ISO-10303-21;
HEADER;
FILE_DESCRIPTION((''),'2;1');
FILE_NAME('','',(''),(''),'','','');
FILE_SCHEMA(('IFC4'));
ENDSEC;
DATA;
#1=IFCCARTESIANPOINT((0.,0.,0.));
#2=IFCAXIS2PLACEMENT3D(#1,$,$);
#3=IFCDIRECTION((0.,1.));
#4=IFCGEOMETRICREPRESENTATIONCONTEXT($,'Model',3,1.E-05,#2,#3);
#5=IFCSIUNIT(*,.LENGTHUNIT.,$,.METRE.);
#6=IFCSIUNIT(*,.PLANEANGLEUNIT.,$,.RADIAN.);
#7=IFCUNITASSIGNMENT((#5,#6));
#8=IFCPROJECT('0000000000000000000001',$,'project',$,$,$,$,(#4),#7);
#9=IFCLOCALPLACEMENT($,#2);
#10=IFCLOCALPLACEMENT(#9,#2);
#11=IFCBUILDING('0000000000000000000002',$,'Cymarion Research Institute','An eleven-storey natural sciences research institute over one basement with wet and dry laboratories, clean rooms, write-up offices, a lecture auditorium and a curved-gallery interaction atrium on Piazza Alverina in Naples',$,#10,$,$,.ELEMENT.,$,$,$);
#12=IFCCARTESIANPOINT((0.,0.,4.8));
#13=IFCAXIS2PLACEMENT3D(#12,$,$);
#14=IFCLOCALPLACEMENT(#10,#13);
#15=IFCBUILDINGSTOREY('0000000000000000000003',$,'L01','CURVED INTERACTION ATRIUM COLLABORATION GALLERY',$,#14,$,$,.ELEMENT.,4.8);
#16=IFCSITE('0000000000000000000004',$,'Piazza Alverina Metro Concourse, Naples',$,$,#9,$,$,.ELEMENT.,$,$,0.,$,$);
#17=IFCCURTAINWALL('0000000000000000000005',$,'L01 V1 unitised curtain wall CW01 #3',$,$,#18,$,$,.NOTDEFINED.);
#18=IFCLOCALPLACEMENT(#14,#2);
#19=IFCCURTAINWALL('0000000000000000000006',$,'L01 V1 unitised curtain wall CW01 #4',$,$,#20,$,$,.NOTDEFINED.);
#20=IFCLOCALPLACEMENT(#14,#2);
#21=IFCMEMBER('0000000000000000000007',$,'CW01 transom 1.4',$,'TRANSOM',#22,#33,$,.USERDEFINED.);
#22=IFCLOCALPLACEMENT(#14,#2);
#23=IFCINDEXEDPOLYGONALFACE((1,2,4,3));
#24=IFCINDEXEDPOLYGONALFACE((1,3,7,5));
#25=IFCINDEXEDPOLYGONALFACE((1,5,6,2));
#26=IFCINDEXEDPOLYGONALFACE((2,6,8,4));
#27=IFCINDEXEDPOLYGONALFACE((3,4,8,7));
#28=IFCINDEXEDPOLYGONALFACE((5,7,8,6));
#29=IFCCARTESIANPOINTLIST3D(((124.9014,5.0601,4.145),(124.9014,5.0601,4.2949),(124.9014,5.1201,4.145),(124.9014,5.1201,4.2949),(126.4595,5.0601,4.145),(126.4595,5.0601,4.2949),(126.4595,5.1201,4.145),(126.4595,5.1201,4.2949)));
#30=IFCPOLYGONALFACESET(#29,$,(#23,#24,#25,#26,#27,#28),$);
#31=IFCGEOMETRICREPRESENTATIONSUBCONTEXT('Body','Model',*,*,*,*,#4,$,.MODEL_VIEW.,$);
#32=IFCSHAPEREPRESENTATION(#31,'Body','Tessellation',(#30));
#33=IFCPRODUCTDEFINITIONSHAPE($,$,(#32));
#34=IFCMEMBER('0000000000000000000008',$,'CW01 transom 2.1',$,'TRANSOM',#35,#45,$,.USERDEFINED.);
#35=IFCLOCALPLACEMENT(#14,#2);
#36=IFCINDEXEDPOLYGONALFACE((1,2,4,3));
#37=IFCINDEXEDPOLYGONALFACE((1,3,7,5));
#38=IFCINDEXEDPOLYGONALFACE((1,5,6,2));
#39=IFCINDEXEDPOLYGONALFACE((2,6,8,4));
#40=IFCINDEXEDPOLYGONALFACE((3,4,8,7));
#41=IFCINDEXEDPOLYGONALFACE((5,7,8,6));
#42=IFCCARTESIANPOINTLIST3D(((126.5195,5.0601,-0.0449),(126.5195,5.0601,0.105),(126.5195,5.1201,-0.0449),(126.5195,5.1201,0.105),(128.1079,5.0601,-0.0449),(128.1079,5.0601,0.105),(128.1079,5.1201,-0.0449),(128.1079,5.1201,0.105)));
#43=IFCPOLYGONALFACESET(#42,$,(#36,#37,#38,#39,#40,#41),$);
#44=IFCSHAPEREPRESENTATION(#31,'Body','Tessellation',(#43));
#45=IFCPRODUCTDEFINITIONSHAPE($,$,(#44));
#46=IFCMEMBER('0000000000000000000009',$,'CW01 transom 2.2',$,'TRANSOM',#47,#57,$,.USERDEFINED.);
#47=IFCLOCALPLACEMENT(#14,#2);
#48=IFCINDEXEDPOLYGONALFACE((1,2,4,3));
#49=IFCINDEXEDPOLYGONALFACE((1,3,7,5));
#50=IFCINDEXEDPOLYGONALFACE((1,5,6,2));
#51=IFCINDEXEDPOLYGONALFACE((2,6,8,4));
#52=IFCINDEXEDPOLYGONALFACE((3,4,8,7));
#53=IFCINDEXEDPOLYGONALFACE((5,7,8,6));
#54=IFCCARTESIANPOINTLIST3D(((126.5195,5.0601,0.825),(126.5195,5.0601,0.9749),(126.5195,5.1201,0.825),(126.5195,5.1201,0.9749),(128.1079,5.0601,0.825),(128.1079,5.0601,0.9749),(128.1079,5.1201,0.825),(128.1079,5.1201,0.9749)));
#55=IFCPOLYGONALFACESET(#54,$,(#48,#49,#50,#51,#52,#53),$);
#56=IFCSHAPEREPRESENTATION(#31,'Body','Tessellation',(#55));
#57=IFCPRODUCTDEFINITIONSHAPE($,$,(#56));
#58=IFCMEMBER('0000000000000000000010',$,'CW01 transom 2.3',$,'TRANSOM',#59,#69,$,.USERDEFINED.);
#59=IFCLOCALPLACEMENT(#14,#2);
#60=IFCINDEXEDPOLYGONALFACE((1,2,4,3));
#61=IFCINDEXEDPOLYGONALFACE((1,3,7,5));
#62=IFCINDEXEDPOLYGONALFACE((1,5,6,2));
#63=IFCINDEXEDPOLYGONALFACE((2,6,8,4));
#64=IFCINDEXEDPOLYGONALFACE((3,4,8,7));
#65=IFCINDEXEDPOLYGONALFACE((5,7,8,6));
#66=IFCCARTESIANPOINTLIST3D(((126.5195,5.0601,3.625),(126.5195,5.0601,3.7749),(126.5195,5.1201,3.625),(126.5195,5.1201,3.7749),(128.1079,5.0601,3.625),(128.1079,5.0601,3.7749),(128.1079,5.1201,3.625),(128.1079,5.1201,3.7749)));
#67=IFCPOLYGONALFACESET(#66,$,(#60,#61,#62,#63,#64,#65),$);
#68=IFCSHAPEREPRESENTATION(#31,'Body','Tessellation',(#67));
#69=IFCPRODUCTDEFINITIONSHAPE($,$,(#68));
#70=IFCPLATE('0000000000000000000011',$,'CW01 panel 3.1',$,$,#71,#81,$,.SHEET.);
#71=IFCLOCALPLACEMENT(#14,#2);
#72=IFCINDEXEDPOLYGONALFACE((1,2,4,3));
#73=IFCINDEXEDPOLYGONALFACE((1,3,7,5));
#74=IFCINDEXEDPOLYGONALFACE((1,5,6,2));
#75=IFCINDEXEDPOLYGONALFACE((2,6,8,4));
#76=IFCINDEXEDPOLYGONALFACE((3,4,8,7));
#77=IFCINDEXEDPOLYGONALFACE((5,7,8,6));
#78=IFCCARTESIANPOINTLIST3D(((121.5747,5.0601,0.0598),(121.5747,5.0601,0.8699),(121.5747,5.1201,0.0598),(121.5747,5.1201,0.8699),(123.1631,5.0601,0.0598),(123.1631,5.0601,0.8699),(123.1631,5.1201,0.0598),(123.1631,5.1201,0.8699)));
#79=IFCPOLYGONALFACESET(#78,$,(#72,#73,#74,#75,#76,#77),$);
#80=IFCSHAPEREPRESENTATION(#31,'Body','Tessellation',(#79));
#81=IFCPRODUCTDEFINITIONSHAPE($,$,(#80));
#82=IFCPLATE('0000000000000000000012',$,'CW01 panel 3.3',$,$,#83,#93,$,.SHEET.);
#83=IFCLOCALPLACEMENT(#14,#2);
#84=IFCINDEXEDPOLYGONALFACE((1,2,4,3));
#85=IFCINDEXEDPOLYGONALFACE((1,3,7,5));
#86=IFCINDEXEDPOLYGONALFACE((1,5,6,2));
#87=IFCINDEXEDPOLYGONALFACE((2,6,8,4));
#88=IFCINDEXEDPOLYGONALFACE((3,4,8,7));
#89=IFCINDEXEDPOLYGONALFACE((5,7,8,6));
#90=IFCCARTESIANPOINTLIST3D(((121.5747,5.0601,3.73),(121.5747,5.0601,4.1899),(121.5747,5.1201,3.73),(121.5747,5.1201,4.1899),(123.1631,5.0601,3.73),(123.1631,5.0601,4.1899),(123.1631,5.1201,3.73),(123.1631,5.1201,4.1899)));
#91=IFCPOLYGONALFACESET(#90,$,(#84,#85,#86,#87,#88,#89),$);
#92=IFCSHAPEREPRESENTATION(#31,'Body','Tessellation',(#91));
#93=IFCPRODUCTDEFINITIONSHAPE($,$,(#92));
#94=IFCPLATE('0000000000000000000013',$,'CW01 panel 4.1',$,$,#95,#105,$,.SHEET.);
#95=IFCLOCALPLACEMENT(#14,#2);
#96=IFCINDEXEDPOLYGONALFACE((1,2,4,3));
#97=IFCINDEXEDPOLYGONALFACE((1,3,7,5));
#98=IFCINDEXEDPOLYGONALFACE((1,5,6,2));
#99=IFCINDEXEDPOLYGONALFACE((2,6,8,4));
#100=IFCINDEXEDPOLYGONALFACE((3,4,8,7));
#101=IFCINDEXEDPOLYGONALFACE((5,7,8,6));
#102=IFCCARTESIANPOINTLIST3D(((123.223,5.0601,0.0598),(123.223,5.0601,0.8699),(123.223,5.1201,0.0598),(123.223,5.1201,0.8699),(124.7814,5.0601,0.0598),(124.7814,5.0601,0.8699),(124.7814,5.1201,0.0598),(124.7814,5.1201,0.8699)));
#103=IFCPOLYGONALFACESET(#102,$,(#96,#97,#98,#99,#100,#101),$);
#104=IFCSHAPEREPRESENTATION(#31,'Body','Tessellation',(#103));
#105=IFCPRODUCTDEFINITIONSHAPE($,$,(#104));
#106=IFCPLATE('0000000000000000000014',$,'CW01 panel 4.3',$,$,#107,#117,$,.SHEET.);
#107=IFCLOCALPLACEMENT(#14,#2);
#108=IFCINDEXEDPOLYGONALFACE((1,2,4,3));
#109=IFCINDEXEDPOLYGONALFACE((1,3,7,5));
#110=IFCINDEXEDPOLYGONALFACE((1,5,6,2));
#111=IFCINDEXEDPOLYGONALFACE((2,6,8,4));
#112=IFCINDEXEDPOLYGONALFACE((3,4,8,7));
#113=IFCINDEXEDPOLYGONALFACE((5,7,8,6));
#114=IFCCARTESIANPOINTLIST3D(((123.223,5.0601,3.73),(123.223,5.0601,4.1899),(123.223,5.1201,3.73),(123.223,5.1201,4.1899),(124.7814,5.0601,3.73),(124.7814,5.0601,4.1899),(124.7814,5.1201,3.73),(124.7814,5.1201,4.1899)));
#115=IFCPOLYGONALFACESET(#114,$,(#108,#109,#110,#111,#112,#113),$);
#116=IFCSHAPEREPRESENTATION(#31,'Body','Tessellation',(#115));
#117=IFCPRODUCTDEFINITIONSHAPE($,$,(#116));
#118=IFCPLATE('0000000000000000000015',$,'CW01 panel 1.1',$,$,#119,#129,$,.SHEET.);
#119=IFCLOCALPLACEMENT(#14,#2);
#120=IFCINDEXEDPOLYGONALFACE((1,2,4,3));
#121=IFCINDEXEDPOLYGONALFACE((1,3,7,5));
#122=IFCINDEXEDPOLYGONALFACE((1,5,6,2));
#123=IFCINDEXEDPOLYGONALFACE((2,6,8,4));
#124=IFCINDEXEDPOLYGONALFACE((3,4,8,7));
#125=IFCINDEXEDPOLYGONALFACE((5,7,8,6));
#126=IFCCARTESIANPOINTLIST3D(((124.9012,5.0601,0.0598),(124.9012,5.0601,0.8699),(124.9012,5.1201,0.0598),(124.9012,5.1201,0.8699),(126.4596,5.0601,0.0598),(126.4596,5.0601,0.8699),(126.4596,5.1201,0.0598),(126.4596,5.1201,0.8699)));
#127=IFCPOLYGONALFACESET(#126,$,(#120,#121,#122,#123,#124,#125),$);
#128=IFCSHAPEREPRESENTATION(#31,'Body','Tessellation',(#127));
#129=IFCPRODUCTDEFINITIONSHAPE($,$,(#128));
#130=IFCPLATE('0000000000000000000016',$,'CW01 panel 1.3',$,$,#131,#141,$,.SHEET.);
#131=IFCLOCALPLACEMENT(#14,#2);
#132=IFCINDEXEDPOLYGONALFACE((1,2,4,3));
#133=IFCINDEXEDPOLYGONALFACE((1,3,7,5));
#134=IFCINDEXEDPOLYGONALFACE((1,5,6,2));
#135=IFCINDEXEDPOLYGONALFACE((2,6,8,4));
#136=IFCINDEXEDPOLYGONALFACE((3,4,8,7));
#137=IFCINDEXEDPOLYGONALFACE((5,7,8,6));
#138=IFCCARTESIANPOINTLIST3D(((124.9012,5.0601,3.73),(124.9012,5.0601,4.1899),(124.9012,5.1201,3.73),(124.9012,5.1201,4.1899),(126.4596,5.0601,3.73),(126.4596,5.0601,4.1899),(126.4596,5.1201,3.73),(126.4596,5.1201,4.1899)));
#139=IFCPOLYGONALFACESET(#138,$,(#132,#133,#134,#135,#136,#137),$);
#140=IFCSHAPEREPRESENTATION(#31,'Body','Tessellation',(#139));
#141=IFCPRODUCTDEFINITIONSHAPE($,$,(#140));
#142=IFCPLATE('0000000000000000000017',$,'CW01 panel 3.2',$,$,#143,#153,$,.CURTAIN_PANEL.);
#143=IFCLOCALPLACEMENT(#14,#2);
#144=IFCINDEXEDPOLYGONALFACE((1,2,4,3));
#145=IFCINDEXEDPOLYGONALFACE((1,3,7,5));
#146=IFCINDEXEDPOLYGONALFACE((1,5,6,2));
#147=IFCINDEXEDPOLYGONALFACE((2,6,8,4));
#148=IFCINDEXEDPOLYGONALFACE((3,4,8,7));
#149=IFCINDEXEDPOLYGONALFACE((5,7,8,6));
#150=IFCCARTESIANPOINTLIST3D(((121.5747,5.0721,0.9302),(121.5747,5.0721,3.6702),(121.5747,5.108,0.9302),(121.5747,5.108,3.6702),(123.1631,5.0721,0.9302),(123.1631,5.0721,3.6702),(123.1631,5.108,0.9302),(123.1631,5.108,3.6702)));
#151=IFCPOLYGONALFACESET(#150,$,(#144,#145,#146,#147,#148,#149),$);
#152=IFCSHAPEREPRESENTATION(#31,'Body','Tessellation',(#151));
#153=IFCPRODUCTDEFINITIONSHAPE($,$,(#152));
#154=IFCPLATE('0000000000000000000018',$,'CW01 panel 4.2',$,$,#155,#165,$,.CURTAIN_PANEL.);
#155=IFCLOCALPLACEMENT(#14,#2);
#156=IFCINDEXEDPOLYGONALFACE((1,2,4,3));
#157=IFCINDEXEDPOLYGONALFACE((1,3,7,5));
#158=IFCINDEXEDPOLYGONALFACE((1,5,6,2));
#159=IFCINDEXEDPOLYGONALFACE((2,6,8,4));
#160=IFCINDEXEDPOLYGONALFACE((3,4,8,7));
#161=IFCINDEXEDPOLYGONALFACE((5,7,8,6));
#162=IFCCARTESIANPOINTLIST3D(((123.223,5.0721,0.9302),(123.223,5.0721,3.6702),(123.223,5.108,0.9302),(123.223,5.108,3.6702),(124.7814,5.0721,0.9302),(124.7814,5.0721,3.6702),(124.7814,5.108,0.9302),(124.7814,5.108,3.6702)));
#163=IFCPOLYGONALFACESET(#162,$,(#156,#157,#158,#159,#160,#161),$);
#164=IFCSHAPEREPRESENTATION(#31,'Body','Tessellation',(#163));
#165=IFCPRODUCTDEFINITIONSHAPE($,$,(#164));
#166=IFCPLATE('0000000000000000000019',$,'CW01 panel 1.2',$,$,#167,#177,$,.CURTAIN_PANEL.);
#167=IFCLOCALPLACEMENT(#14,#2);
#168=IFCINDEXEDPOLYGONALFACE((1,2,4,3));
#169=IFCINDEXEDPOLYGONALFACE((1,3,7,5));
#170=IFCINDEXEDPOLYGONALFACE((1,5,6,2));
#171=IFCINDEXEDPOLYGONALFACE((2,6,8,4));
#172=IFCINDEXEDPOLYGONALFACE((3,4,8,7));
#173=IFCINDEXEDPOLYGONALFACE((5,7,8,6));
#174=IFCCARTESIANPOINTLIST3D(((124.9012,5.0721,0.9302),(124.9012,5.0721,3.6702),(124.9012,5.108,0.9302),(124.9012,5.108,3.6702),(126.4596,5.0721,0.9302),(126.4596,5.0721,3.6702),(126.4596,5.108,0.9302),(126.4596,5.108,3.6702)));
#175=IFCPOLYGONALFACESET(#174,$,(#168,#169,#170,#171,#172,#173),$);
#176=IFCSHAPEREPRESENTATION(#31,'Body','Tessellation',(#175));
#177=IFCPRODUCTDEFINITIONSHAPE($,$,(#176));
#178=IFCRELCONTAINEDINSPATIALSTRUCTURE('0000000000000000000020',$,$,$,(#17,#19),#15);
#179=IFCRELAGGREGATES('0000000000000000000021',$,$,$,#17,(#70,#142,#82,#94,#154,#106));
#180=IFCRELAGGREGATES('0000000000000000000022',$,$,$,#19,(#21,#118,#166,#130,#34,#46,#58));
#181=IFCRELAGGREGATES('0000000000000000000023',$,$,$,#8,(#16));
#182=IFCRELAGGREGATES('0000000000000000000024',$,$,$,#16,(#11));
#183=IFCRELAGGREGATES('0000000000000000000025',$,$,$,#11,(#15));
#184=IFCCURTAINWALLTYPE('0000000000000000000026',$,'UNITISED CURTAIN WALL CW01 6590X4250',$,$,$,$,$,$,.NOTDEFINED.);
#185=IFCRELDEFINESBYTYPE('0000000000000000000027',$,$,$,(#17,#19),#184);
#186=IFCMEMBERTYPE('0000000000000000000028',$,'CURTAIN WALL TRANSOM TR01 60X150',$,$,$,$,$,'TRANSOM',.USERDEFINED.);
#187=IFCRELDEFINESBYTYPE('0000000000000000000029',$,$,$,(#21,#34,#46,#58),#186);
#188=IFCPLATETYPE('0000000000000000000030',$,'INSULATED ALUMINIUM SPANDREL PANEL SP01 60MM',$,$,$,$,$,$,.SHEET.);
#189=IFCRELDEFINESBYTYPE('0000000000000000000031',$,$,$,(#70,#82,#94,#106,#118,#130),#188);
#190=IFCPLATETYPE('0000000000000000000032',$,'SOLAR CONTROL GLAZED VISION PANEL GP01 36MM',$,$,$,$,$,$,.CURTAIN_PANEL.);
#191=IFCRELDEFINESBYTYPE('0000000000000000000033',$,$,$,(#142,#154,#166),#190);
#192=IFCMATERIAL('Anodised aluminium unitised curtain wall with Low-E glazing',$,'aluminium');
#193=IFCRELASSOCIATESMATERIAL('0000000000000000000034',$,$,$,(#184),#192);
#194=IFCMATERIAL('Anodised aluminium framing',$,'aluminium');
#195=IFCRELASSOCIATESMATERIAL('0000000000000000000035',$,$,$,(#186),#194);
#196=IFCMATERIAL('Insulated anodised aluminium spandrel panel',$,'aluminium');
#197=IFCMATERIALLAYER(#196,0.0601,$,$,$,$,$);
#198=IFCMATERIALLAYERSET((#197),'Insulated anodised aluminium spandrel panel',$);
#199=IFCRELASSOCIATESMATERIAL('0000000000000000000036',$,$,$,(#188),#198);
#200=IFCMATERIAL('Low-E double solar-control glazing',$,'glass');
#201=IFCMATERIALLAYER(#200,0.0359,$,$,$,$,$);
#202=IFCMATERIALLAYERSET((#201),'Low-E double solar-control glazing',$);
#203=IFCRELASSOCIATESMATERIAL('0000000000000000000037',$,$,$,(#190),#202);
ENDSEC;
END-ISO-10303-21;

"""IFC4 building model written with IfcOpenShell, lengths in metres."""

from ifc_helpers import new_model, si_unit, direction, frame, origin, origin_2d, place, context, subcontext, project, spatial, rectangle, extrude, material, layer, layer_set, material_profile, profile_set, type_object, element, aggregate, save


model = new_model("IFC4")

# Units and contexts
model_context = context("Model", 3, precision=1e-05, world=origin(), true_north=direction((0.0, 1.0)))
body_context = subcontext(model_context, "Body", "Model", "MODEL_VIEW")
ifc_project = project(units=[si_unit("LENGTHUNIT", "METRE"), si_unit("PLANEANGLEUNIT", "RADIAN")], contexts=[model_context])

# Site, building, storey
site_placement = place(None, origin())
site = spatial("IfcSite", under=ifc_project, at=site_placement, Name="Piazza Alverina Metro Concourse, Naples", CompositionType="ELEMENT", RefElevation=0.0)
building_placement = place(site_placement, origin())
building = spatial("IfcBuilding", under=site, at=building_placement, Name="Cymarion Research Institute", Description="An eleven-storey natural sciences research institute over one basement with wet and dry laboratories, clean rooms, write-up offices, a lecture auditorium and a curved-gallery interaction atrium on Piazza Alverina in Naples", CompositionType="ELEMENT")
storey_placement = place(building_placement, frame((0.0, 0.0, 4.8)))
storey = spatial("IfcBuildingStorey", under=building, at=storey_placement, Name="L01", Description="CURVED INTERACTION ATRIUM COLLABORATION GALLERY", CompositionType="ELEMENT", Elevation=4.8)

# Curtain walls
ifc_material_1 = material(Name="Anodised aluminium unitised curtain wall with Low-E glazing", Category="aluminium")
curtain_wall_type = type_object("IfcCurtainWallType", Name="UNITISED CURTAIN WALL CW01 6590X4250", PredefinedType="NOTDEFINED", material=ifc_material_1)
curtain_wall_1_placement = place(storey_placement, origin())
curtain_wall_1 = element("IfcCurtainWall", 1, at=curtain_wall_1_placement, inside=storey, type_object=curtain_wall_type, Name="L01 V1 unitised curtain wall CW01 #3", PredefinedType="NOTDEFINED")
ifc_material_2 = material(Name="Anodised aluminium framing", Category="aluminium")
curtain_wall_2_placement = place(storey_placement, origin())
curtain_wall_2 = element("IfcCurtainWall", 2, at=curtain_wall_2_placement, inside=storey, type_object=curtain_wall_type, Name="L01 V1 unitised curtain wall CW01 #4", PredefinedType="NOTDEFINED")

# Members
ifc_material_profile_1 = material_profile(ifc_material_2, rectangle(XDim=0.0601, YDim=0.1499, at=origin_2d()), Name="ALU TRANSOM 60x150")
ifc_profile_set_1 = profile_set([ifc_material_profile_1], Name="Anodised aluminium framing")
member_type_1 = type_object("IfcMemberType", Name="CURTAIN WALL TRANSOM TR01 60X150", ElementType="TRANSOM", PredefinedType="USERDEFINED", material=ifc_profile_set_1)
member_1_placement = place(storey_placement, frame((124.9014, 5.0901, 4.22), z_axis=(1.0, 0.0, 0.0), x_axis=(0.0, 1.0, 0.0)))
member_1 = element("IfcMember", 3, at=member_1_placement, type_object=member_type_1, Name="CW01 transom 1.4", ObjectType="TRANSOM", PredefinedType="USERDEFINED", context=body_context, shape_type="SweptSolid", body=[
    extrude(rectangle(XDim=0.0601, YDim=0.1499, at=origin_2d()), origin(), (0.0, 0.0, 1.0), 1.5581),
])
member_2_placement = place(storey_placement, frame((126.5195, 5.0901, 0.03), z_axis=(1.0, 0.0, 0.0), x_axis=(0.0, 1.0, 0.0)))
member_2 = element("IfcMember", 4, at=member_2_placement, type_object=member_type_1, Name="CW01 transom 2.1", ObjectType="TRANSOM", PredefinedType="USERDEFINED", context=body_context, shape_type="SweptSolid", body=[
    extrude(rectangle(XDim=0.0601, YDim=0.1499, at=origin_2d()), origin(), (0.0, 0.0, 1.0), 1.5884),
])
member_3_placement = place(storey_placement, frame((126.5195, 5.0901, 0.8999), z_axis=(1.0, 0.0, 0.0), x_axis=(0.0, 1.0, 0.0)))
member_3 = element("IfcMember", 5, at=member_3_placement, type_object=member_type_1, Name="CW01 transom 2.2", ObjectType="TRANSOM", PredefinedType="USERDEFINED", context=body_context, shape_type="SweptSolid", body=[
    extrude(rectangle(XDim=0.0601, YDim=0.1499, at=origin_2d()), origin(), (0.0, 0.0, 1.0), 1.5884),
])
member_4_placement = place(storey_placement, frame((126.5195, 5.0901, 3.7), z_axis=(1.0, 0.0, 0.0), x_axis=(0.0, 1.0, 0.0)))
member_4 = element("IfcMember", 6, at=member_4_placement, type_object=member_type_1, Name="CW01 transom 2.3", ObjectType="TRANSOM", PredefinedType="USERDEFINED", context=body_context, shape_type="SweptSolid", body=[
    extrude(rectangle(XDim=0.0601, YDim=0.1499, at=origin_2d()), origin(), (0.0, 0.0, 1.0), 1.5884),
])

# Plates
ifc_material_3 = material(Name="Insulated anodised aluminium spandrel panel", Category="aluminium")
ifc_layer_1 = layer(ifc_material_3, 0.0601)
ifc_layer_set_1 = layer_set([ifc_layer_1], Name="Insulated anodised aluminium spandrel panel")
plate_type_1 = type_object("IfcPlateType", Name="INSULATED ALUMINIUM SPANDREL PANEL SP01 60MM", PredefinedType="SHEET", material=ifc_layer_set_1)
plate_1_placement = place(storey_placement, frame((122.3689, 5.0901, 0.0598), z_axis=(0.0, 0.0, 1.0), x_axis=(1.0, 0.0, 0.0)))
plate_1 = element("IfcPlate", 7, at=plate_1_placement, type_object=plate_type_1, Name="CW01 panel 3.1", PredefinedType="SHEET", context=body_context, shape_type="SweptSolid", body=[
    extrude(rectangle(XDim=1.5884, YDim=0.0601, at=origin_2d()), origin(), (0.0, 0.0, 1.0), 0.8101),
])
plate_2_placement = place(storey_placement, frame((122.3689, 5.0901, 3.73), z_axis=(0.0, 0.0, 1.0), x_axis=(1.0, 0.0, 0.0)))
plate_2 = element("IfcPlate", 8, at=plate_2_placement, type_object=plate_type_1, Name="CW01 panel 3.3", PredefinedType="SHEET", context=body_context, shape_type="SweptSolid", body=[
    extrude(rectangle(XDim=1.5884, YDim=0.0601, at=origin_2d()), origin(), (0.0, 0.0, 1.0), 0.46),
])
plate_3_placement = place(storey_placement, frame((124.0022, 5.0901, 0.0598), z_axis=(0.0, 0.0, 1.0), x_axis=(1.0, 0.0, 0.0)))
plate_3 = element("IfcPlate", 9, at=plate_3_placement, type_object=plate_type_1, Name="CW01 panel 4.1", PredefinedType="SHEET", context=body_context, shape_type="SweptSolid", body=[
    extrude(rectangle(XDim=1.5583, YDim=0.0601, at=origin_2d()), origin(), (0.0, 0.0, 1.0), 0.8101),
])
plate_4_placement = place(storey_placement, frame((124.0022, 5.0901, 3.73), z_axis=(0.0, 0.0, 1.0), x_axis=(1.0, 0.0, 0.0)))
plate_4 = element("IfcPlate", 10, at=plate_4_placement, type_object=plate_type_1, Name="CW01 panel 4.3", PredefinedType="SHEET", context=body_context, shape_type="SweptSolid", body=[
    extrude(rectangle(XDim=1.5583, YDim=0.0601, at=origin_2d()), origin(), (0.0, 0.0, 1.0), 0.46),
])
plate_5_placement = place(storey_placement, frame((125.6804, 5.0901, 0.0598), z_axis=(0.0, 0.0, 1.0), x_axis=(1.0, 0.0, 0.0)))
plate_5 = element("IfcPlate", 11, at=plate_5_placement, type_object=plate_type_1, Name="CW01 panel 1.1", PredefinedType="SHEET", context=body_context, shape_type="SweptSolid", body=[
    extrude(rectangle(XDim=1.5583, YDim=0.0601, at=origin_2d()), origin(), (0.0, 0.0, 1.0), 0.8101),
])
plate_6_placement = place(storey_placement, frame((125.6804, 5.0901, 3.73), z_axis=(0.0, 0.0, 1.0), x_axis=(1.0, 0.0, 0.0)))
plate_6 = element("IfcPlate", 12, at=plate_6_placement, type_object=plate_type_1, Name="CW01 panel 1.3", PredefinedType="SHEET", context=body_context, shape_type="SweptSolid", body=[
    extrude(rectangle(XDim=1.5583, YDim=0.0601, at=origin_2d()), origin(), (0.0, 0.0, 1.0), 0.46),
])
ifc_material_4 = material(Name="Low-E double solar-control glazing", Category="glass")
ifc_layer_2 = layer(ifc_material_4, 0.0359)
ifc_layer_set_2 = layer_set([ifc_layer_2], Name="Low-E double solar-control glazing")
plate_type_2 = type_object("IfcPlateType", Name="SOLAR CONTROL GLAZED VISION PANEL GP01 36MM", PredefinedType="CURTAIN_PANEL", material=ifc_layer_set_2)
plate_7_placement = place(storey_placement, frame((122.3689, 5.0901, 0.9302), z_axis=(0.0, 0.0, 1.0), x_axis=(1.0, 0.0, 0.0)))
plate_7 = element("IfcPlate", 13, at=plate_7_placement, type_object=plate_type_2, Name="CW01 panel 3.2", PredefinedType="CURTAIN_PANEL", context=body_context, shape_type="SweptSolid", body=[
    extrude(rectangle(XDim=1.5884, YDim=0.0359, at=origin_2d()), origin(), (0.0, 0.0, 1.0), 2.74),
])
plate_8_placement = place(storey_placement, frame((124.0022, 5.0901, 0.9302), z_axis=(0.0, 0.0, 1.0), x_axis=(1.0, 0.0, 0.0)))
plate_8 = element("IfcPlate", 14, at=plate_8_placement, type_object=plate_type_2, Name="CW01 panel 4.2", PredefinedType="CURTAIN_PANEL", context=body_context, shape_type="SweptSolid", body=[
    extrude(rectangle(XDim=1.5583, YDim=0.0359, at=origin_2d()), origin(), (0.0, 0.0, 1.0), 2.74),
])
aggregate(curtain_wall_1, [plate_1, plate_7, plate_2, plate_3, plate_8, plate_4])
plate_9_placement = place(storey_placement, frame((125.6804, 5.0901, 0.9302), z_axis=(0.0, 0.0, 1.0), x_axis=(1.0, 0.0, 0.0)))
plate_9 = element("IfcPlate", 15, at=plate_9_placement, type_object=plate_type_2, Name="CW01 panel 1.2", PredefinedType="CURTAIN_PANEL", context=body_context, shape_type="SweptSolid", body=[
    extrude(rectangle(XDim=1.5583, YDim=0.0359, at=origin_2d()), origin(), (0.0, 0.0, 1.0), 2.74),
])
aggregate(curtain_wall_2, [member_1, plate_5, plate_9, plate_6, member_2, member_3, member_4])

save(model, "model.ifc")
